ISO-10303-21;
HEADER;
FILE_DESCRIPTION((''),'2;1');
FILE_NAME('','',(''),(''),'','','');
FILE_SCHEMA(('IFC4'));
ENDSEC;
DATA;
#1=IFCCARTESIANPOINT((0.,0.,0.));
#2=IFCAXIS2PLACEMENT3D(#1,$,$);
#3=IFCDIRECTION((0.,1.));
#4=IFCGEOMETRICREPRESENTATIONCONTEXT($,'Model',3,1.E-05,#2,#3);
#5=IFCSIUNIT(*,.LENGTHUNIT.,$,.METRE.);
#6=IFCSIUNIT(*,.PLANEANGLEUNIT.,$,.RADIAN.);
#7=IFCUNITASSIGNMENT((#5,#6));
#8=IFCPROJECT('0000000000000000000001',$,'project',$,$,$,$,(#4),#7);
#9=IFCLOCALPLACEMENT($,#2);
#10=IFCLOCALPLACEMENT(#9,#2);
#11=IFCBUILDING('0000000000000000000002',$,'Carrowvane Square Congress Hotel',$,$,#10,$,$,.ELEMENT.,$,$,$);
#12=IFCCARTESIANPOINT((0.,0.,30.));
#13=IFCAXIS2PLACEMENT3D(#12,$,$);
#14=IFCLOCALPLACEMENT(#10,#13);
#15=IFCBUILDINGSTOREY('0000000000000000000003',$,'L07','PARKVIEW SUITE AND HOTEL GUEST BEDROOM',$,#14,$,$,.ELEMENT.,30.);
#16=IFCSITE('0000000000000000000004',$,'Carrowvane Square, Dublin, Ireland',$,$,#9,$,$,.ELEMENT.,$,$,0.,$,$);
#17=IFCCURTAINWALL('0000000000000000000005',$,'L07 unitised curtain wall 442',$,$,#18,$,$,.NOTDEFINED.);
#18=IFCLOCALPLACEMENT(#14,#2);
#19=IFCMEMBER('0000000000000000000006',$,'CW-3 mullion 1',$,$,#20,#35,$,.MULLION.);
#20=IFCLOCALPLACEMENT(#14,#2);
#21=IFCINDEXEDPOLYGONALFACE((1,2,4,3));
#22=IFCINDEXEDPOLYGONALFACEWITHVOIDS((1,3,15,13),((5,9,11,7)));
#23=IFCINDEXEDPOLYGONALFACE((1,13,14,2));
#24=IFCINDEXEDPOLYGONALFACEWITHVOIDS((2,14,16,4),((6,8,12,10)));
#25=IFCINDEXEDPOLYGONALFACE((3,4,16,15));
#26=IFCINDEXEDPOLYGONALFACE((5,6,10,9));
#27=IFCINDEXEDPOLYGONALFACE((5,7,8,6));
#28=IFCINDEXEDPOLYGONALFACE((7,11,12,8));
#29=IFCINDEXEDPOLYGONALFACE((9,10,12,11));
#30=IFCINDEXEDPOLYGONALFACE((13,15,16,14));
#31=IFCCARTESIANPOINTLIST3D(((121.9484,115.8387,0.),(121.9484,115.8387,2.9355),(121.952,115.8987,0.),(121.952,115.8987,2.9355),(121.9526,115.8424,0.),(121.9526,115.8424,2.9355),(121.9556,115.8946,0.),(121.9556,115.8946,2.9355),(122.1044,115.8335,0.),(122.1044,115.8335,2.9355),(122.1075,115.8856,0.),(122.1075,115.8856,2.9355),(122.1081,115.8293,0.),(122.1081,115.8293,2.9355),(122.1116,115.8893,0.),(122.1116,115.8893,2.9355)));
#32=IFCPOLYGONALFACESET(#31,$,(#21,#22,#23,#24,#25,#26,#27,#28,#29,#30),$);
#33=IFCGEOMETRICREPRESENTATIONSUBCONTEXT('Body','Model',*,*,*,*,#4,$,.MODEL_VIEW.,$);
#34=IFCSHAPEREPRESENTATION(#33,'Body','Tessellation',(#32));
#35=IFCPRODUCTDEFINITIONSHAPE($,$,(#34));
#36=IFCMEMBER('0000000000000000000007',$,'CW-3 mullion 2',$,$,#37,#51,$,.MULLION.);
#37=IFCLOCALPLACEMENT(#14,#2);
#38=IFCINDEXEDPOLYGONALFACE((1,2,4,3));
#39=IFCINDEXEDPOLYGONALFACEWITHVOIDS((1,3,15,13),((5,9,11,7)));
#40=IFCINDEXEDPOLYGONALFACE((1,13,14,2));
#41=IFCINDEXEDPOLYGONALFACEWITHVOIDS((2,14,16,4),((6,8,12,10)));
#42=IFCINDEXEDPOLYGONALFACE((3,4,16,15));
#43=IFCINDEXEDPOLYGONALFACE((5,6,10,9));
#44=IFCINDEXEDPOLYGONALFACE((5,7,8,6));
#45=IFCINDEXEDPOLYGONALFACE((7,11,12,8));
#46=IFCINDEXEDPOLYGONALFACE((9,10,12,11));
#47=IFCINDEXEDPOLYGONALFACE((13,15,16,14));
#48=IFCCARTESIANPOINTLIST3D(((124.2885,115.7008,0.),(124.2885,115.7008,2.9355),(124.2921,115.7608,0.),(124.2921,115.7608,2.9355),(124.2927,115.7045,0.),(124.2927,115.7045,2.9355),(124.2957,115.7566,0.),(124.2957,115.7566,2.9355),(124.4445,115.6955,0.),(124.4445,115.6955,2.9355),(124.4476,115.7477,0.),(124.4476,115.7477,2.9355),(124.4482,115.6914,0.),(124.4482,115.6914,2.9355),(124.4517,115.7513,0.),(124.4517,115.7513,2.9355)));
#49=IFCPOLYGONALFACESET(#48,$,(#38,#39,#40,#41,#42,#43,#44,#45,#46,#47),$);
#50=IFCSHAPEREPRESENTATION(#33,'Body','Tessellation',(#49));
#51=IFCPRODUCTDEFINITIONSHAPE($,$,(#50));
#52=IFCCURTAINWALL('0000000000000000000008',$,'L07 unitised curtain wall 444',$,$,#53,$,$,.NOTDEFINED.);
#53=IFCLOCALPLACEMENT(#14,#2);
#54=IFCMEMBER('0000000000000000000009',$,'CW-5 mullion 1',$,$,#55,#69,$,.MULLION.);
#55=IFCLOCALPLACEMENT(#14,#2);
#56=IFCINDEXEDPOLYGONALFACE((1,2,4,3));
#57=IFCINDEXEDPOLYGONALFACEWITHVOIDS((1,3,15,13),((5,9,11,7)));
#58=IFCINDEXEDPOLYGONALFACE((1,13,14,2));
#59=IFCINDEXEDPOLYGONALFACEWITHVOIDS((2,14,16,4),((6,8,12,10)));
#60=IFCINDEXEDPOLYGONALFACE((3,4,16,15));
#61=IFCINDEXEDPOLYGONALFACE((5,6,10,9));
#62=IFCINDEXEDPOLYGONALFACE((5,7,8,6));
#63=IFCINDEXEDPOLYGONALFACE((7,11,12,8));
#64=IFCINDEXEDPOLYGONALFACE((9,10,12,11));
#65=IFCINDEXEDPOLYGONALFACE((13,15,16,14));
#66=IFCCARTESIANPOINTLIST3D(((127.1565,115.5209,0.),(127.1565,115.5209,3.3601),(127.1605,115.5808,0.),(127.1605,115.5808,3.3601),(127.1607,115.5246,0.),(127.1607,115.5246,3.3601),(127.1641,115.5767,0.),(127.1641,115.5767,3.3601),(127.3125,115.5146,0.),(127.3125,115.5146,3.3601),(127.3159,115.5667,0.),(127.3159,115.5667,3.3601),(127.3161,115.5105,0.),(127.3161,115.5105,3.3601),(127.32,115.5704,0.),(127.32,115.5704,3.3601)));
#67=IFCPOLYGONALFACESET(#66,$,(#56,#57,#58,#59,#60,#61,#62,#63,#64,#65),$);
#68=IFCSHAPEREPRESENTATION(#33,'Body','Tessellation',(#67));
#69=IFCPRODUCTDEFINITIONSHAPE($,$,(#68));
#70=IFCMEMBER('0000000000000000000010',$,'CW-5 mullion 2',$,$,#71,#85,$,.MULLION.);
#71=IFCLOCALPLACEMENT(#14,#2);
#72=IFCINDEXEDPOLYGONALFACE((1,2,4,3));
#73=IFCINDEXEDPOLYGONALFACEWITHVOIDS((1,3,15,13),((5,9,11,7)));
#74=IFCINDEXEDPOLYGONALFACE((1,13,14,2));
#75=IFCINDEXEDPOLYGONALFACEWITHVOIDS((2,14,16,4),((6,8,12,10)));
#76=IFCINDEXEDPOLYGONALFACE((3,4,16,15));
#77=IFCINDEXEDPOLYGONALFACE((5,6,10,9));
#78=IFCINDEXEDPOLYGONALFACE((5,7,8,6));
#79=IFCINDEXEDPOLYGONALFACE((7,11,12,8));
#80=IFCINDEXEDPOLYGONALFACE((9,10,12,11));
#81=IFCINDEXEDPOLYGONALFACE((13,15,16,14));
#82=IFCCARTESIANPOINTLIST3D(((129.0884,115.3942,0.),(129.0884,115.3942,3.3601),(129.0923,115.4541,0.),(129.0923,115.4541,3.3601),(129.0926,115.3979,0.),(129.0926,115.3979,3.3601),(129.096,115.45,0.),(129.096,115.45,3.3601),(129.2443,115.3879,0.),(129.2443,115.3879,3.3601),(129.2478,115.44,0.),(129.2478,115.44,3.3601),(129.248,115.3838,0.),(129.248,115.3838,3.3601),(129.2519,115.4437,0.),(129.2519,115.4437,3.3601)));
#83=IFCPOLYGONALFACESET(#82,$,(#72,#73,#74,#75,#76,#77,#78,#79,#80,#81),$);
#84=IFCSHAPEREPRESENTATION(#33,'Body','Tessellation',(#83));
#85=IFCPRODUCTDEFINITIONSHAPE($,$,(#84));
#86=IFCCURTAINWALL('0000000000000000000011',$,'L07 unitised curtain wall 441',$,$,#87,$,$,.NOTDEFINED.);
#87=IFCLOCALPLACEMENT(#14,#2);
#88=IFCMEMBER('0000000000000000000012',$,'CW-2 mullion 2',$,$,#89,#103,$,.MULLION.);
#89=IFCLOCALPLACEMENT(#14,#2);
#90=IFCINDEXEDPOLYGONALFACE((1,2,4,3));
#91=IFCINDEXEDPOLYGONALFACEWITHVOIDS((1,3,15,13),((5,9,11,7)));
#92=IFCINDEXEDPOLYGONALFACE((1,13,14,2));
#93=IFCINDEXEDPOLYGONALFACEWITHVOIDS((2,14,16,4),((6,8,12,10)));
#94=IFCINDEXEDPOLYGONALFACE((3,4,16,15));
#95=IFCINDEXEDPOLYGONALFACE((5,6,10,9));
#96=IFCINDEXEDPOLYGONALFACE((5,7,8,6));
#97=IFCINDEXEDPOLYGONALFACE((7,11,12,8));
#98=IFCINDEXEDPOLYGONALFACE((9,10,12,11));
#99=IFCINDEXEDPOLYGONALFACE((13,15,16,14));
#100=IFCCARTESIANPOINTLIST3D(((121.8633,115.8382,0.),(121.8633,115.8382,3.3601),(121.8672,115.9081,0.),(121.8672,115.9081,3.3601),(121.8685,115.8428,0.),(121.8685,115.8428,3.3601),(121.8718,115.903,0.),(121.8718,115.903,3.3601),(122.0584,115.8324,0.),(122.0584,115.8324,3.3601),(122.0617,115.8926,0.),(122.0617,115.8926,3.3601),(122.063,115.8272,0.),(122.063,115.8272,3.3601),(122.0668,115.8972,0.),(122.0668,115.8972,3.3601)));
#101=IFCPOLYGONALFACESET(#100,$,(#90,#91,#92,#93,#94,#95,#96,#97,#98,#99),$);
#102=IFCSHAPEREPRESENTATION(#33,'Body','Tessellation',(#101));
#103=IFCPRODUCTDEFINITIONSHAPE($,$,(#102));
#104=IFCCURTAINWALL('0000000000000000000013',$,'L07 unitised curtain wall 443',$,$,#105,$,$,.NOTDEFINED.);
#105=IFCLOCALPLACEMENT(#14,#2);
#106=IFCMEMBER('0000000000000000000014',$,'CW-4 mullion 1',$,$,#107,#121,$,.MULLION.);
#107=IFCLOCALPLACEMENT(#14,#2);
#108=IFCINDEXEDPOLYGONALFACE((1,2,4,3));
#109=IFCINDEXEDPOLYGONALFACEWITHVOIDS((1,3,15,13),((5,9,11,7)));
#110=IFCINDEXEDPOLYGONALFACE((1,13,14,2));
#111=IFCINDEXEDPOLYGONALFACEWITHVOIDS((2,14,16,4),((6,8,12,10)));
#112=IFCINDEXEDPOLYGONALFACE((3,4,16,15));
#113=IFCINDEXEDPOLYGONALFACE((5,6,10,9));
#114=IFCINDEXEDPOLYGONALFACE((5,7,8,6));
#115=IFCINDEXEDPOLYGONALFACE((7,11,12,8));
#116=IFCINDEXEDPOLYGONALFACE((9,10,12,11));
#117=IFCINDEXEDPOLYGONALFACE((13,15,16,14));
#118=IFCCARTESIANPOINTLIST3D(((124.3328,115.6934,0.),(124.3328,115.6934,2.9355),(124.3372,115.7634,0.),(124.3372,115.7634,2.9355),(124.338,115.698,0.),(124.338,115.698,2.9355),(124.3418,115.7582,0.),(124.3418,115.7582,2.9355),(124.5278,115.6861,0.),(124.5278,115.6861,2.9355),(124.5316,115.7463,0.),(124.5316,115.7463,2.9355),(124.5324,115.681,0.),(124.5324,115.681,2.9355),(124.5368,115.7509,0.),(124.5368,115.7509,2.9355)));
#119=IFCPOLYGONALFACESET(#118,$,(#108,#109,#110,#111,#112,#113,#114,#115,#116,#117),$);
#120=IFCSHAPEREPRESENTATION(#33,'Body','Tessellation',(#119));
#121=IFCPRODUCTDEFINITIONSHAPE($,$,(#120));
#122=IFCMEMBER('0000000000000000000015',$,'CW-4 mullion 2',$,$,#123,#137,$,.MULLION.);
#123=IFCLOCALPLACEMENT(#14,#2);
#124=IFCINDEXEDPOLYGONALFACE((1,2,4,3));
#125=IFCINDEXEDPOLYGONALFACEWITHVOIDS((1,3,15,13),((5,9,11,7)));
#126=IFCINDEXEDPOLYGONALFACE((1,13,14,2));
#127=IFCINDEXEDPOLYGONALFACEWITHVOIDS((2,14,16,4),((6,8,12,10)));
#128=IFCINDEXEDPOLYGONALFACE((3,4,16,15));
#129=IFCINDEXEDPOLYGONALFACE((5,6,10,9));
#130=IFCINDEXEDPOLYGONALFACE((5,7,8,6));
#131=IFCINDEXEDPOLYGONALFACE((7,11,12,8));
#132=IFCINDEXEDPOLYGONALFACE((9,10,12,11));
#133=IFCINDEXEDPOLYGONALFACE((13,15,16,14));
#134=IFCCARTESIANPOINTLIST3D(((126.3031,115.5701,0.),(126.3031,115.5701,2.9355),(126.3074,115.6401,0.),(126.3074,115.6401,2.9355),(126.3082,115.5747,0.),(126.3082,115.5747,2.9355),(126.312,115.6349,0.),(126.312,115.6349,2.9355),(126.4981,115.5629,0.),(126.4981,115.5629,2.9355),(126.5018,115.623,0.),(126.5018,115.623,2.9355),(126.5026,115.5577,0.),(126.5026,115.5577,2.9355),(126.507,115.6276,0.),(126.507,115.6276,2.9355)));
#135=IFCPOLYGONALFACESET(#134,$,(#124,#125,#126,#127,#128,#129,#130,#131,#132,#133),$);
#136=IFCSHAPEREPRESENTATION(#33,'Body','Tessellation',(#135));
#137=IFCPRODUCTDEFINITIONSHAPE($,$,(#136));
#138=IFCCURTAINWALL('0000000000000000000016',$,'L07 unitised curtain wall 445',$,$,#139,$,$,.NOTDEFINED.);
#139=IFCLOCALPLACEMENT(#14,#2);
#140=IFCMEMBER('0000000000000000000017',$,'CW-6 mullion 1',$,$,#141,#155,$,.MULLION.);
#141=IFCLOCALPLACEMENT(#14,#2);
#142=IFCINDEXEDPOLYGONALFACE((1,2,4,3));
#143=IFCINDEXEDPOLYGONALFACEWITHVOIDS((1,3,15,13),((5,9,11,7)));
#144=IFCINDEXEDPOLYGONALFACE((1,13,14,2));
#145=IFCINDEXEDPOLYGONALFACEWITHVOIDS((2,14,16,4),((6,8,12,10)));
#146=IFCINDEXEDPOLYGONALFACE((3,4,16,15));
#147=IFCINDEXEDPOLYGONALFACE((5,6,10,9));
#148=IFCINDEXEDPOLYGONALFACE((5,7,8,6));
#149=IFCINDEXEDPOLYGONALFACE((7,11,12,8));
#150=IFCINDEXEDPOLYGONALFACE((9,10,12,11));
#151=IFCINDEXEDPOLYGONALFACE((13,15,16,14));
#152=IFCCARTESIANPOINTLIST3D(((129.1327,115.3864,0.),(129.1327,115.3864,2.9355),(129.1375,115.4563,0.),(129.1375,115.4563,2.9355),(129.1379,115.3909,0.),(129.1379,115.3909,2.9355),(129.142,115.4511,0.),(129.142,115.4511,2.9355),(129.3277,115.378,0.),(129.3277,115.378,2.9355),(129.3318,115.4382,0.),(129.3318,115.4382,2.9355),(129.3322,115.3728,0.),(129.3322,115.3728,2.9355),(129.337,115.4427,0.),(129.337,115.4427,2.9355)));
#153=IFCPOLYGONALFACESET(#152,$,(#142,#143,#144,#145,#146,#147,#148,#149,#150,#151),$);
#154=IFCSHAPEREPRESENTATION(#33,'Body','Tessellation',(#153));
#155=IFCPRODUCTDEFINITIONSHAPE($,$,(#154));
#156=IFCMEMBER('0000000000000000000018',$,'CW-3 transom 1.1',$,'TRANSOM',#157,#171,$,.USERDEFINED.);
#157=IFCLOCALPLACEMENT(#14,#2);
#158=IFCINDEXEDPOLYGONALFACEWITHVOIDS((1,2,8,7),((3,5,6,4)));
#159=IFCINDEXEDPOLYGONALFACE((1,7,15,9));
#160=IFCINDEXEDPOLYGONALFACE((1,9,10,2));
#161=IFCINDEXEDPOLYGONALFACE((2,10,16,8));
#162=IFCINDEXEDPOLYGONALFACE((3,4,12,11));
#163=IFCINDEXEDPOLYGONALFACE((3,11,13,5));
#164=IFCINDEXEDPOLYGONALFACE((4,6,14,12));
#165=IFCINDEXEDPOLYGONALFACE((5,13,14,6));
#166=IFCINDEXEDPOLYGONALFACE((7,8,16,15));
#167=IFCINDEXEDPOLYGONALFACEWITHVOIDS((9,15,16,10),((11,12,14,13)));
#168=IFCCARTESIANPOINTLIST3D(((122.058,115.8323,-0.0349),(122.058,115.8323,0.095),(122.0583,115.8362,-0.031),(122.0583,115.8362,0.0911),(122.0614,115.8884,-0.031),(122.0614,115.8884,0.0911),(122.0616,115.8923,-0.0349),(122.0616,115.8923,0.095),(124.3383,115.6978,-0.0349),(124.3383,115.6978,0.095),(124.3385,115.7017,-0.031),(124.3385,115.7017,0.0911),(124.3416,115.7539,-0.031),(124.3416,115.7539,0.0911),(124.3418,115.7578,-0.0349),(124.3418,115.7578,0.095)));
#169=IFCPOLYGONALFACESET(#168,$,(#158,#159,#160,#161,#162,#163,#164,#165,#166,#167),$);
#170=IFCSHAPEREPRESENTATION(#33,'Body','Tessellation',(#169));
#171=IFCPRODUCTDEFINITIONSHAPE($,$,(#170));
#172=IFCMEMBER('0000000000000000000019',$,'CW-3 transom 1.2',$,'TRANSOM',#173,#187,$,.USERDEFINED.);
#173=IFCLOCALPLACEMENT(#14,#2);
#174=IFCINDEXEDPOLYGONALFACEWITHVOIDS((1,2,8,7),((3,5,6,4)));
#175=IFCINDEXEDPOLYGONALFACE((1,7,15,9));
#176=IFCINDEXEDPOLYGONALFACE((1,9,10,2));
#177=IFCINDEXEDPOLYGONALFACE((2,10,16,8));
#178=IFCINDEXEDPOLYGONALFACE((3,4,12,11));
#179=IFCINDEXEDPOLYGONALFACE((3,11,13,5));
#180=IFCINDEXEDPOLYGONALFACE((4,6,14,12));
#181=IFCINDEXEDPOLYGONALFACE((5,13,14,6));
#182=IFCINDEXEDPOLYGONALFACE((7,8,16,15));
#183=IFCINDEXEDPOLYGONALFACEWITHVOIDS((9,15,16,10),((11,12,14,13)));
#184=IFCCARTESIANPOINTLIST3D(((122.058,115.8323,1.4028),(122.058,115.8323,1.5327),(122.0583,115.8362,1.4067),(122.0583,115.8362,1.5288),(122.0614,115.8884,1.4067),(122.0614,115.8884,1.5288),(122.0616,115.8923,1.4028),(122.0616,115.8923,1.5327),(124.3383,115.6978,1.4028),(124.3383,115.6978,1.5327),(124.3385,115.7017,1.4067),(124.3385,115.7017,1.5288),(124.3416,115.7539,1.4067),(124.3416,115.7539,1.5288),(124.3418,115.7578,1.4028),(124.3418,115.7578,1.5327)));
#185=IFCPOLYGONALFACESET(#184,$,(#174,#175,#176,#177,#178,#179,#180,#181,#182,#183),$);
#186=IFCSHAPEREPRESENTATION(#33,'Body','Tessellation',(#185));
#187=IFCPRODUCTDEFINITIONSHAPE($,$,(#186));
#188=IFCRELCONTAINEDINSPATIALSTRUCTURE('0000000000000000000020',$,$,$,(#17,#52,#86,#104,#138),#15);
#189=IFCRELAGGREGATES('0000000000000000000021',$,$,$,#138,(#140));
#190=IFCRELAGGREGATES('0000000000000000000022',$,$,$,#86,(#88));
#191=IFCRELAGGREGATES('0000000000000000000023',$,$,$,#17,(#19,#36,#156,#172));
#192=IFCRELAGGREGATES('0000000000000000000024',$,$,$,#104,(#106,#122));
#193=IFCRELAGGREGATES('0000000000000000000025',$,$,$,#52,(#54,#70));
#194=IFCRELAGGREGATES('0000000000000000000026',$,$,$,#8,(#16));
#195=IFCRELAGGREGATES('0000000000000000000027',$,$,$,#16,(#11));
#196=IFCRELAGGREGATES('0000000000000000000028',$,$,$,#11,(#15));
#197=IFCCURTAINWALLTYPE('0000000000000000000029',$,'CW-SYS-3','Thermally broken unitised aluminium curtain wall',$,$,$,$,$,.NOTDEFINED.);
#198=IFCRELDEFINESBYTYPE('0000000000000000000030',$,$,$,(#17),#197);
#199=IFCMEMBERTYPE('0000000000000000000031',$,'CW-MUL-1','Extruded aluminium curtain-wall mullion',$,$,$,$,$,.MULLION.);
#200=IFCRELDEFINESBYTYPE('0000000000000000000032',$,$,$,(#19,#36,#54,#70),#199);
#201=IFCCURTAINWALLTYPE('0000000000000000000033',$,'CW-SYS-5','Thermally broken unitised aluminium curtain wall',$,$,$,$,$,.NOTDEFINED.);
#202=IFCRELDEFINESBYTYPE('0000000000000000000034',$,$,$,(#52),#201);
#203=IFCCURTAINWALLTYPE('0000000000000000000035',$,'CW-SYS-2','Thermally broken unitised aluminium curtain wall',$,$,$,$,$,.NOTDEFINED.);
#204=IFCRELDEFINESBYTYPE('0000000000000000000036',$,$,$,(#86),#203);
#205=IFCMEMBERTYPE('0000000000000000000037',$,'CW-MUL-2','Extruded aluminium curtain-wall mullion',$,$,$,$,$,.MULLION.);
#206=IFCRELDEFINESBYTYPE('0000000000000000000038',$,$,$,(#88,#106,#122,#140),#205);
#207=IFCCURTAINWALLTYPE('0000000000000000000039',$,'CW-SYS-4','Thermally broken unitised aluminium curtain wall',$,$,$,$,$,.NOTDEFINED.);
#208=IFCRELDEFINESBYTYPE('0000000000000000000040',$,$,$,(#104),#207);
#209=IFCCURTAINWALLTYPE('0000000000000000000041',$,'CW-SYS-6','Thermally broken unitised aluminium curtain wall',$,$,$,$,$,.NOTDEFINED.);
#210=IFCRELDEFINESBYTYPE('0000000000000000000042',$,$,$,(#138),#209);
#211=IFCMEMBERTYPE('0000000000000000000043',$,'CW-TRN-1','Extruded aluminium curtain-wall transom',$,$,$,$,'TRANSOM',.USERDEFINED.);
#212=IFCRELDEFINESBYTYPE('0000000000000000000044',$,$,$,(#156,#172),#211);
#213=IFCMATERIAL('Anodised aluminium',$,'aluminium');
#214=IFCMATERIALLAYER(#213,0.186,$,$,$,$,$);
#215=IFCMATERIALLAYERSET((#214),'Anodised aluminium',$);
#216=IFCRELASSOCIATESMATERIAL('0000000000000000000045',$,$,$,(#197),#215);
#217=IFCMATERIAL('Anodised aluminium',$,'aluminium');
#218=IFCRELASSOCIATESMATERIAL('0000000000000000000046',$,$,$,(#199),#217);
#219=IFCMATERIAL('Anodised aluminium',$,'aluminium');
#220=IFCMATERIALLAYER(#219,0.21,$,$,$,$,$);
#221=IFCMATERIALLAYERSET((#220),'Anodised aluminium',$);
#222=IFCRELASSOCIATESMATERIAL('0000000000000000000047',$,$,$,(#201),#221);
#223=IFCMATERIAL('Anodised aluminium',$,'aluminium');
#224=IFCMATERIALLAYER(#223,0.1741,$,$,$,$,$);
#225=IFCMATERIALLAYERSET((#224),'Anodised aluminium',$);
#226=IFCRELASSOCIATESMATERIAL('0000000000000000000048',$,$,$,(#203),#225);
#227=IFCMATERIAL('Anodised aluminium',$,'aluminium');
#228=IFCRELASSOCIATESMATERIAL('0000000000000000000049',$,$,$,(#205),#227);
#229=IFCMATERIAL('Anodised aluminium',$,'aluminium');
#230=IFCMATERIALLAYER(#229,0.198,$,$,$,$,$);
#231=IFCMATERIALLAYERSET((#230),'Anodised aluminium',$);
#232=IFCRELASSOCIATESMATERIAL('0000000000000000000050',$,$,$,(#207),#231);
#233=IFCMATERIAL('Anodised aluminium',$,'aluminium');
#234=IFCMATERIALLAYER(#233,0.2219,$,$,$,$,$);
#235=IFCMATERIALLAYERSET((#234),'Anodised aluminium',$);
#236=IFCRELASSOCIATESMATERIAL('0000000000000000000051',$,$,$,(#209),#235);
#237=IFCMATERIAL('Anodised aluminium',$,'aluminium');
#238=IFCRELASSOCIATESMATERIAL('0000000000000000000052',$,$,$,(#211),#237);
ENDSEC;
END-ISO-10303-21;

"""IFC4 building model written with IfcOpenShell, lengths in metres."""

from ifc_helpers import new_model, si_unit, direction, frame, origin, origin_2d, place, context, subcontext, project, spatial, hollow_rectangle, extrude, material, layer, layer_set, material_profile, profile_set, type_object, element, aggregate, save


model = new_model("IFC4")

# Units and contexts
model_context = context("Model", 3, precision=1e-05, world=origin(), true_north=direction((0.0, 1.0)))
body_context = subcontext(model_context, "Body", "Model", "MODEL_VIEW")
ifc_project = project(units=[si_unit("LENGTHUNIT", "METRE"), si_unit("PLANEANGLEUNIT", "RADIAN")], contexts=[model_context])

# Site, building, storey
site_placement = place(None, origin())
site = spatial("IfcSite", under=ifc_project, at=site_placement, Name="Carrowvane Square, Dublin, Ireland", CompositionType="ELEMENT", RefElevation=0.0)
building_placement = place(site_placement, origin())
building = spatial("IfcBuilding", under=site, at=building_placement, Name="Carrowvane Square Congress Hotel", CompositionType="ELEMENT")
storey_placement = place(building_placement, frame((0.0, 0.0, 30.0)))
storey = spatial("IfcBuildingStorey", under=building, at=storey_placement, Name="L07", Description="PARKVIEW SUITE AND HOTEL GUEST BEDROOM", CompositionType="ELEMENT", Elevation=30.0)

# Curtain walls, members
ifc_material_1 = material(Name="Anodised aluminium", Category="aluminium")
ifc_layer_1 = layer(ifc_material_1, 0.186)
ifc_layer_set_1 = layer_set([ifc_layer_1], Name="Anodised aluminium")
curtain_wall_type_1 = type_object("IfcCurtainWallType", Name="CW-SYS-3", Description="Thermally broken unitised aluminium curtain wall", PredefinedType="NOTDEFINED", material=ifc_layer_set_1)
curtain_wall_1_placement = place(storey_placement, origin())
curtain_wall_1 = element("IfcCurtainWall", 1, at=curtain_wall_1_placement, inside=storey, type_object=curtain_wall_type_1, Name="L07 unitised curtain wall 442", PredefinedType="NOTDEFINED")
ifc_material_2 = material(Name="Anodised aluminium", Category="aluminium")
ifc_material_profile_1 = material_profile(ifc_material_2, hollow_rectangle(XDim=0.0601, YDim=0.1599, WallThickness=0.0039, at=origin_2d()), Name="CW-ML 60x160x4")
ifc_profile_set_1 = profile_set([ifc_material_profile_1], Name="Anodised aluminium")
member_type_1 = type_object("IfcMemberType", Name="CW-MUL-1", Description="Extruded aluminium curtain-wall mullion", PredefinedType="MULLION", material=ifc_profile_set_1)
member_1_placement = place(storey_placement, frame((122.03, 115.864, 0.0), z_axis=(0.0, 0.0, 1.0), x_axis=(0.058851, 0.998267, 0.0)))
member_1 = element("IfcMember", 2, at=member_1_placement, type_object=member_type_1, Name="CW-3 mullion 1", PredefinedType="MULLION", context=body_context, shape_type="SweptSolid", body=[
    extrude(hollow_rectangle(XDim=0.0601, YDim=0.1599, WallThickness=0.0039, at=origin_2d()), origin(), (0.0, 0.0, 1.0), 2.9355),
])
member_2_placement = place(storey_placement, frame((124.3701, 115.7261, 0.0), z_axis=(0.0, 0.0, 1.0), x_axis=(0.058851, 0.998267, 0.0)))
member_2 = element("IfcMember", 3, at=member_2_placement, type_object=member_type_1, Name="CW-3 mullion 2", PredefinedType="MULLION", context=body_context, shape_type="SweptSolid", body=[
    extrude(hollow_rectangle(XDim=0.0601, YDim=0.1599, WallThickness=0.0039, at=origin_2d()), origin(), (0.0, 0.0, 1.0), 2.9355),
])
ifc_material_3 = material(Name="Anodised aluminium", Category="aluminium")
ifc_layer_2 = layer(ifc_material_3, 0.21)
ifc_layer_set_2 = layer_set([ifc_layer_2], Name="Anodised aluminium")
curtain_wall_type_2 = type_object("IfcCurtainWallType", Name="CW-SYS-5", Description="Thermally broken unitised aluminium curtain wall", PredefinedType="NOTDEFINED", material=ifc_layer_set_2)
curtain_wall_2_placement = place(storey_placement, origin())
curtain_wall_2 = element("IfcCurtainWall", 4, at=curtain_wall_2_placement, inside=storey, type_object=curtain_wall_type_2, Name="L07 unitised curtain wall 444", PredefinedType="NOTDEFINED")
member_3_placement = place(storey_placement, frame((127.2383, 115.5457, 0.0), z_axis=(0.0, 0.0, 1.0), x_axis=(0.065414, 0.997858, 0.0)))
member_3 = element("IfcMember", 5, at=member_3_placement, type_object=member_type_1, Name="CW-5 mullion 1", PredefinedType="MULLION", context=body_context, shape_type="SweptSolid", body=[
    extrude(hollow_rectangle(XDim=0.0601, YDim=0.1599, WallThickness=0.0039, at=origin_2d()), origin(), (0.0, 0.0, 1.0), 3.3601),
])
member_4_placement = place(storey_placement, frame((129.1702, 115.4189, 0.0), z_axis=(0.0, 0.0, 1.0), x_axis=(0.065414, 0.997858, 0.0)))
member_4 = element("IfcMember", 6, at=member_4_placement, type_object=member_type_1, Name="CW-5 mullion 2", PredefinedType="MULLION", context=body_context, shape_type="SweptSolid", body=[
    extrude(hollow_rectangle(XDim=0.0601, YDim=0.1599, WallThickness=0.0039, at=origin_2d()), origin(), (0.0, 0.0, 1.0), 3.3601),
])

# Curtain wall, member
ifc_material_4 = material(Name="Anodised aluminium", Category="aluminium")
ifc_layer_3 = layer(ifc_material_4, 0.1741)
ifc_layer_set_3 = layer_set([ifc_layer_3], Name="Anodised aluminium")
curtain_wall_type_3 = type_object("IfcCurtainWallType", Name="CW-SYS-2", Description="Thermally broken unitised aluminium curtain wall", PredefinedType="NOTDEFINED", material=ifc_layer_set_3)
curtain_wall_3_placement = place(storey_placement, origin())
curtain_wall_3 = element("IfcCurtainWall", 7, at=curtain_wall_3_placement, inside=storey, type_object=curtain_wall_type_3, Name="L07 unitised curtain wall 441", PredefinedType="NOTDEFINED")
ifc_material_5 = material(Name="Anodised aluminium", Category="aluminium")
ifc_material_profile_2 = material_profile(ifc_material_5, hollow_rectangle(XDim=0.0701, YDim=0.2, WallThickness=0.0049, at=origin_2d()), Name="CW-ML 70x200x5")
ifc_profile_set_2 = profile_set([ifc_material_profile_2], Name="Anodised aluminium")
member_type_2 = type_object("IfcMemberType", Name="CW-MUL-2", Description="Extruded aluminium curtain-wall mullion", PredefinedType="MULLION", material=ifc_profile_set_2)
member_5_placement = place(storey_placement, frame((121.9651, 115.8677, 0.0), z_axis=(0.0, 0.0, 1.0), x_axis=(0.054816, 0.998496, 0.0)))
member_5 = element("IfcMember", 8, at=member_5_placement, type_object=member_type_2, Name="CW-2 mullion 2", PredefinedType="MULLION", context=body_context, shape_type="SweptSolid", body=[
    extrude(hollow_rectangle(XDim=0.0701, YDim=0.2, WallThickness=0.0049, at=origin_2d()), origin(), (0.0, 0.0, 1.0), 3.3601),
])

# Curtain wall, members
ifc_material_6 = material(Name="Anodised aluminium", Category="aluminium")
ifc_layer_4 = layer(ifc_material_6, 0.198)
ifc_layer_set_4 = layer_set([ifc_layer_4], Name="Anodised aluminium")
curtain_wall_type_4 = type_object("IfcCurtainWallType", Name="CW-SYS-4", Description="Thermally broken unitised aluminium curtain wall", PredefinedType="NOTDEFINED", material=ifc_layer_set_4)
curtain_wall_4_placement = place(storey_placement, origin())
curtain_wall_4 = element("IfcCurtainWall", 9, at=curtain_wall_4_placement, inside=storey, type_object=curtain_wall_type_4, Name="L07 unitised curtain wall 443", PredefinedType="NOTDEFINED")
member_6_placement = place(storey_placement, frame((124.4348, 115.7222, 0.0), z_axis=(0.0, 0.0, 1.0), x_axis=(0.062397, 0.998051, 0.0)))
member_6 = element("IfcMember", 10, at=member_6_placement, type_object=member_type_2, Name="CW-4 mullion 1", PredefinedType="MULLION", context=body_context, shape_type="SweptSolid", body=[
    extrude(hollow_rectangle(XDim=0.0701, YDim=0.2, WallThickness=0.0049, at=origin_2d()), origin(), (0.0, 0.0, 1.0), 2.9355),
])
member_7_placement = place(storey_placement, frame((126.405, 115.5989, 0.0), z_axis=(0.0, 0.0, 1.0), x_axis=(0.062397, 0.998051, 0.0)))
member_7 = element("IfcMember", 11, at=member_7_placement, type_object=member_type_2, Name="CW-4 mullion 2", PredefinedType="MULLION", context=body_context, shape_type="SweptSolid", body=[
    extrude(hollow_rectangle(XDim=0.0701, YDim=0.2, WallThickness=0.0049, at=origin_2d()), origin(), (0.0, 0.0, 1.0), 2.9355),
])

# Curtain wall, member
ifc_material_7 = material(Name="Anodised aluminium", Category="aluminium")
ifc_layer_5 = layer(ifc_material_7, 0.2219)
ifc_layer_set_5 = layer_set([ifc_layer_5], Name="Anodised aluminium")
curtain_wall_type_5 = type_object("IfcCurtainWallType", Name="CW-SYS-6", Description="Thermally broken unitised aluminium curtain wall", PredefinedType="NOTDEFINED", material=ifc_layer_set_5)
curtain_wall_5_placement = place(storey_placement, origin())
curtain_wall_5 = element("IfcCurtainWall", 12, at=curtain_wall_5_placement, inside=storey, type_object=curtain_wall_type_5, Name="L07 unitised curtain wall 445", PredefinedType="NOTDEFINED")
member_8_placement = place(storey_placement, frame((129.2349, 115.4146, 0.0), z_axis=(0.0, 0.0, 1.0), x_axis=(0.06787, 0.997694, 0.0)))
member_8 = element("IfcMember", 13, at=member_8_placement, type_object=member_type_2, Name="CW-6 mullion 1", PredefinedType="MULLION", context=body_context, shape_type="SweptSolid", body=[
    extrude(hollow_rectangle(XDim=0.0701, YDim=0.2, WallThickness=0.0049, at=origin_2d()), origin(), (0.0, 0.0, 1.0), 2.9355),
])

# Members
ifc_material_8 = material(Name="Anodised aluminium", Category="aluminium")
ifc_material_profile_3 = material_profile(ifc_material_8, hollow_rectangle(XDim=0.0601, YDim=0.1299, WallThickness=0.0039, at=origin_2d()), Name="CW-TR 60x130x4")
ifc_profile_set_3 = profile_set([ifc_material_profile_3], Name="Anodised aluminium")
member_type_3 = type_object("IfcMemberType", Name="CW-TRN-1", Description="Extruded aluminium curtain-wall transom", ElementType="TRANSOM", PredefinedType="USERDEFINED", material=ifc_profile_set_3)
member_9_placement = place(storey_placement, frame((122.0598, 115.8623, 0.03), z_axis=(0.998264, -0.058891, 0.0), x_axis=(0.058891, 0.998264, 0.0)))
member_9 = element("IfcMember", 14, at=member_9_placement, type_object=member_type_3, Name="CW-3 transom 1.1", ObjectType="TRANSOM", PredefinedType="USERDEFINED", context=body_context, shape_type="SweptSolid", body=[
    extrude(hollow_rectangle(XDim=0.0601, YDim=0.1299, WallThickness=0.0039, at=origin_2d()), origin(), (0.0, 0.0, 1.0), 2.2842),
])
member_10_placement = place(storey_placement, frame((122.0598, 115.8623, 1.4678), z_axis=(0.998264, -0.058891, 0.0), x_axis=(0.058891, 0.998264, 0.0)))
member_10 = element("IfcMember", 15, at=member_10_placement, type_object=member_type_3, Name="CW-3 transom 1.2", ObjectType="TRANSOM", PredefinedType="USERDEFINED", context=body_context, shape_type="SweptSolid", body=[
    extrude(hollow_rectangle(XDim=0.0601, YDim=0.1299, WallThickness=0.0039, at=origin_2d()), origin(), (0.0, 0.0, 1.0), 2.2842),
])

aggregate(curtain_wall_5, [member_8])
aggregate(curtain_wall_3, [member_5])
aggregate(curtain_wall_1, [member_1, member_2, member_9, member_10])
aggregate(curtain_wall_4, [member_6, member_7])
aggregate(curtain_wall_2, [member_3, member_4])

save(model, "model.ifc")
